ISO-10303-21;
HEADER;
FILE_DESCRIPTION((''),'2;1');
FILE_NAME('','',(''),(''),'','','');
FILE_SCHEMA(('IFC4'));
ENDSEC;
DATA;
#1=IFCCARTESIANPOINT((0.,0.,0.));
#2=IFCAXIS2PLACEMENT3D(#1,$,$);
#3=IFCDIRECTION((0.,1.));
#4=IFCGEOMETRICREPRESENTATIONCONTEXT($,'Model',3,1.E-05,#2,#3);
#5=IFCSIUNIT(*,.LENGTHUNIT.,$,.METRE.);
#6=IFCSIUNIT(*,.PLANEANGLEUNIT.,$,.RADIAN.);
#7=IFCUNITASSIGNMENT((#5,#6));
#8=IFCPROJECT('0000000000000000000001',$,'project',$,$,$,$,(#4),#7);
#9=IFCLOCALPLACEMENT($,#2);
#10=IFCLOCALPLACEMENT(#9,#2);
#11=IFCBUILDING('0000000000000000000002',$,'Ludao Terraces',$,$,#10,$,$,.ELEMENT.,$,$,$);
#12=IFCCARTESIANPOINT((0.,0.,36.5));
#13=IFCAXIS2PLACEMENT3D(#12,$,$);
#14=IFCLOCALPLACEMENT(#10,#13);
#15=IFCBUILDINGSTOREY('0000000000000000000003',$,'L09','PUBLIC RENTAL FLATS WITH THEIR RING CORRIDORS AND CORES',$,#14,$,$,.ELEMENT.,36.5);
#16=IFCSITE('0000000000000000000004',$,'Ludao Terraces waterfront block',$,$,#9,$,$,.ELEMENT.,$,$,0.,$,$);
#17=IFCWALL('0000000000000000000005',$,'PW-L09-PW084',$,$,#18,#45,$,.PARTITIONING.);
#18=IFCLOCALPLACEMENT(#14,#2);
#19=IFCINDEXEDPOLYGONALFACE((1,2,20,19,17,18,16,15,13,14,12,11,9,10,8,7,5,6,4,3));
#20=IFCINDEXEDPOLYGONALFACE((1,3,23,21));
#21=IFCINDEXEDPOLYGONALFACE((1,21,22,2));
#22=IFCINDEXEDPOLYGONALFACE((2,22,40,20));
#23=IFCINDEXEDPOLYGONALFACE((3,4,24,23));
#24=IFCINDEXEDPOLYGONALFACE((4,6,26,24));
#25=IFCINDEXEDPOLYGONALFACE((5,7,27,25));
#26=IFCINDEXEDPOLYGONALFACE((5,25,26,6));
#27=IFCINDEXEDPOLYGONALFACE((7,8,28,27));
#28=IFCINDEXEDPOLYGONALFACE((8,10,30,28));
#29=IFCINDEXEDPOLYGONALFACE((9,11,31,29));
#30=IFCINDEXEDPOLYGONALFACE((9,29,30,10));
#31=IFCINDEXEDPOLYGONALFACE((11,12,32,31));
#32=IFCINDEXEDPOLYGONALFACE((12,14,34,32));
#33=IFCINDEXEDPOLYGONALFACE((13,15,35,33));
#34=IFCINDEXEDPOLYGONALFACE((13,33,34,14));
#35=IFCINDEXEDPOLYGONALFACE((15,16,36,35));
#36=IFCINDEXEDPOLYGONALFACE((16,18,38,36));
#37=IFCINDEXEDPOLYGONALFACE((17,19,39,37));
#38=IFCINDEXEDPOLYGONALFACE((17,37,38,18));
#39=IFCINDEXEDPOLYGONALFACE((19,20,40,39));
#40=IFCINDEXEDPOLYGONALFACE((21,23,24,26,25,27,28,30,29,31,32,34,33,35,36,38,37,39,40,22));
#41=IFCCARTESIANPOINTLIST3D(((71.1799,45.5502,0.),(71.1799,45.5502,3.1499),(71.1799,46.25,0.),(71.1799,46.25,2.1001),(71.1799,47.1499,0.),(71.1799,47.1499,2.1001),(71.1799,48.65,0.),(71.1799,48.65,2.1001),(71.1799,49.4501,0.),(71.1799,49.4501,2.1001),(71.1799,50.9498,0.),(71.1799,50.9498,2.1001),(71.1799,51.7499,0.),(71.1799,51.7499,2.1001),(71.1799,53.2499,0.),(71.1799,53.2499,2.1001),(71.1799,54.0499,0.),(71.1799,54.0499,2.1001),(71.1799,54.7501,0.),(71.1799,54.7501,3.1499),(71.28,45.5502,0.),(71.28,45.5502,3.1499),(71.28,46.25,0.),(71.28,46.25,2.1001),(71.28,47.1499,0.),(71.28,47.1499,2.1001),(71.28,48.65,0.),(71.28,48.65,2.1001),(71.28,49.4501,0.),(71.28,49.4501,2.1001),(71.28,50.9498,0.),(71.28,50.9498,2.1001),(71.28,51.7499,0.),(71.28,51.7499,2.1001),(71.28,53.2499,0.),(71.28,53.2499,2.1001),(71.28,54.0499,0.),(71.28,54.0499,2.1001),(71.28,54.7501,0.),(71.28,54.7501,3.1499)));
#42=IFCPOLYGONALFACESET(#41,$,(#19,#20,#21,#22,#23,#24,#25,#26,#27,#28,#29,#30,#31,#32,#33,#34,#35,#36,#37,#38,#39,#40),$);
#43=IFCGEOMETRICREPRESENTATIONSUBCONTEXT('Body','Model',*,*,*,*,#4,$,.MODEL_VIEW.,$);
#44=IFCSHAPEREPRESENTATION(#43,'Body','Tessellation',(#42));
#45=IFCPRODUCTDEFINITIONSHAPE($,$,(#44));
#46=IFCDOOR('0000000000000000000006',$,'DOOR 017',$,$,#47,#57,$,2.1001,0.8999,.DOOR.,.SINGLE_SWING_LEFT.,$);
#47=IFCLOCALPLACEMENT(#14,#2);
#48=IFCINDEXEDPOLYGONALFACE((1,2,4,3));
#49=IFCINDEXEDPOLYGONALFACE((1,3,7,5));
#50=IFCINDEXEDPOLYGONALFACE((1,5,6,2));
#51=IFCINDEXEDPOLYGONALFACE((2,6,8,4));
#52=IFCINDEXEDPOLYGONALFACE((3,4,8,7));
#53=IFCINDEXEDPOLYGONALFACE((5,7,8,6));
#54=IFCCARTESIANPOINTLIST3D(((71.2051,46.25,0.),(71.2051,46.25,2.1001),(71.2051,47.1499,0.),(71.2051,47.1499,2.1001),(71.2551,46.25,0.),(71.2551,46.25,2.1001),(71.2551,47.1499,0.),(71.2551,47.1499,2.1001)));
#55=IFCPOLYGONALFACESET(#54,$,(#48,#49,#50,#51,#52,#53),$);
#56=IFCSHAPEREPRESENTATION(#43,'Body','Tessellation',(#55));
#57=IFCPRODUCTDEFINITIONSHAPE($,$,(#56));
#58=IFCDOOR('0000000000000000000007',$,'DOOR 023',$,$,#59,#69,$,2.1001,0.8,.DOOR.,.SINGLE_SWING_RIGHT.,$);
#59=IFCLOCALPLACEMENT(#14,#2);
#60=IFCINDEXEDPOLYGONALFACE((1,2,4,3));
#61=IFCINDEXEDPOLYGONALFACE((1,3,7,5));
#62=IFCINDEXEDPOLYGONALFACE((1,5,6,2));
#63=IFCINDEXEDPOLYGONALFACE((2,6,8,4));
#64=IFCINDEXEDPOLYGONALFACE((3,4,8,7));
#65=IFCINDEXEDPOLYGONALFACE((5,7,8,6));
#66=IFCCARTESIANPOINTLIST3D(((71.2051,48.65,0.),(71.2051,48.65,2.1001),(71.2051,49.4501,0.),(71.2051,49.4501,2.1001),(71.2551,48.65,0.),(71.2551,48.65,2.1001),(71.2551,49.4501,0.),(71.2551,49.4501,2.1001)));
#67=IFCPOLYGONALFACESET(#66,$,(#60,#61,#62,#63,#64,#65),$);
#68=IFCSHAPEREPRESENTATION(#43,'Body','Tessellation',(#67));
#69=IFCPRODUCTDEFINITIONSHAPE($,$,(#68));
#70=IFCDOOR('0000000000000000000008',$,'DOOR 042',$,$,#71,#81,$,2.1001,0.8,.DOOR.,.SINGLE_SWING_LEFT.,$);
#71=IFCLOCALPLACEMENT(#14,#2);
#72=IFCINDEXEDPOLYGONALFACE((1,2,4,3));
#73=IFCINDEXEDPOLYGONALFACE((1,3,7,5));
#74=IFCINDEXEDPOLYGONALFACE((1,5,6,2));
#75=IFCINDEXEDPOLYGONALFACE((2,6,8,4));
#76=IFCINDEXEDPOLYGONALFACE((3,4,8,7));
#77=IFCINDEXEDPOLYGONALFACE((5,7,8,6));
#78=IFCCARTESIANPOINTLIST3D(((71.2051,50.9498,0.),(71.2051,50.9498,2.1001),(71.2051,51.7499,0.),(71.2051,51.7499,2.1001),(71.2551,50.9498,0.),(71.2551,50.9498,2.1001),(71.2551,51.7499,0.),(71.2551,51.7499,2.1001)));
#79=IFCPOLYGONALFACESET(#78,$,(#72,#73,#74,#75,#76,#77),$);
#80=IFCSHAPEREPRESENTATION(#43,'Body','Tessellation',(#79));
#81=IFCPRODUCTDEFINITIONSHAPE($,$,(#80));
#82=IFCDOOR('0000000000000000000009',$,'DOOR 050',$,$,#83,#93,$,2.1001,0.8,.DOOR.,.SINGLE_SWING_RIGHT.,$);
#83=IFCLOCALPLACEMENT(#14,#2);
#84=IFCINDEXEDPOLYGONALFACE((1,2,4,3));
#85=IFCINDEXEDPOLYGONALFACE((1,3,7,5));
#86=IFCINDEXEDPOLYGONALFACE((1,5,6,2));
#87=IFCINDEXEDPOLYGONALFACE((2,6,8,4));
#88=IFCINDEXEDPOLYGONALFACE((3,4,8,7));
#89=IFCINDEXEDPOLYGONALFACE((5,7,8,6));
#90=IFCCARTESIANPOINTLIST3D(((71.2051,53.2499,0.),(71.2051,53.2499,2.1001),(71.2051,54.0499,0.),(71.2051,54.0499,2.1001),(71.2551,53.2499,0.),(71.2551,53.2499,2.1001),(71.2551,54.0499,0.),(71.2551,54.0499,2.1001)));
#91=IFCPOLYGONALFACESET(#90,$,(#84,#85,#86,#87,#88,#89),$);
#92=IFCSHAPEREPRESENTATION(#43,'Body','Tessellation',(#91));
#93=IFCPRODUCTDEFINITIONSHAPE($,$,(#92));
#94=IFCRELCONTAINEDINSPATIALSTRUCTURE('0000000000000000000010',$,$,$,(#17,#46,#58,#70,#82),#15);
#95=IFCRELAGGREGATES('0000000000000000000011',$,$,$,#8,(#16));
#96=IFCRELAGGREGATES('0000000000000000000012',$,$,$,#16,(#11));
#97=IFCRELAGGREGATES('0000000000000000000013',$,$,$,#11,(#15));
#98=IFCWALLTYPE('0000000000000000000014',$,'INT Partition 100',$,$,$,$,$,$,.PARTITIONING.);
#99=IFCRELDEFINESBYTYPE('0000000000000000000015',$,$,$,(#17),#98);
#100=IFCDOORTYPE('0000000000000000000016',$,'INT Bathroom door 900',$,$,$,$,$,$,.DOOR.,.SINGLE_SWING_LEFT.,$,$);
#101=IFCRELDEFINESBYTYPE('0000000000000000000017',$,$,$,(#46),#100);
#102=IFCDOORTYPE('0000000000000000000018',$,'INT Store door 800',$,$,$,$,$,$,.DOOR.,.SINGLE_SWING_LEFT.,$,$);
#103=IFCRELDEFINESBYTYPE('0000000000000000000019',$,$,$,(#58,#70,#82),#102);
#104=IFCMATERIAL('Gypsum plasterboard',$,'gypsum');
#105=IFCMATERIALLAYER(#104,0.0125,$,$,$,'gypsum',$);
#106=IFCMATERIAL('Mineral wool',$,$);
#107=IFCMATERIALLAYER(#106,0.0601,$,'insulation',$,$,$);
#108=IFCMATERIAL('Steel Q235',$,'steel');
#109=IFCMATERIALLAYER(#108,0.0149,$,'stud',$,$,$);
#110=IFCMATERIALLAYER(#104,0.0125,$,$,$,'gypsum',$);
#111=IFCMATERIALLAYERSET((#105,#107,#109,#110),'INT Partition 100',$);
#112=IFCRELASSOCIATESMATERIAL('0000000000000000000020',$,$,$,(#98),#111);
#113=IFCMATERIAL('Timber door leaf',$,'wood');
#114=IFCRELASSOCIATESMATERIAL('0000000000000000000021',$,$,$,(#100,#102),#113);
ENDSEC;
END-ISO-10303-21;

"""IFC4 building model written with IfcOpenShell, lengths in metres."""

from ifc_helpers import new_model, si_unit, direction, frame, frame_2d, origin, place, context, subcontext, project, spatial, rectangle, extrude, material, layer, layer_set, type_object, element, fill, save


model = new_model("IFC4")

# Units and contexts
model_context = context("Model", 3, precision=1e-05, world=origin(), true_north=direction((0.0, 1.0)))
body_context = subcontext(model_context, "Body", "Model", "MODEL_VIEW")
ifc_project = project(units=[si_unit("LENGTHUNIT", "METRE"), si_unit("PLANEANGLEUNIT", "RADIAN")], contexts=[model_context])

# Site, building, storey
site_placement = place(None, origin())
site = spatial("IfcSite", under=ifc_project, at=site_placement, Name="Ludao Terraces waterfront block", CompositionType="ELEMENT", RefElevation=0.0)
building_placement = place(site_placement, origin())
building = spatial("IfcBuilding", under=site, at=building_placement, Name="Ludao Terraces", CompositionType="ELEMENT")
storey_placement = place(building_placement, frame((0.0, 0.0, 36.5)))
storey = spatial("IfcBuildingStorey", under=building, at=storey_placement, Name="L09", Description="PUBLIC RENTAL FLATS WITH THEIR RING CORRIDORS AND CORES", CompositionType="ELEMENT", Elevation=36.5)

# Shared definitions
ifc_material_1 = material(Name="Mineral wool")

# Wall, openings, doors
ifc_material_2 = material(Name="Gypsum plasterboard", Category="gypsum")
ifc_layer_1 = layer(ifc_material_2, 0.0125, Category="gypsum")
ifc_layer_2 = layer(ifc_material_1, 0.0601, Name="insulation")
ifc_material_3 = material(Name="Steel Q235", Category="steel")
ifc_layer_3 = layer(ifc_material_3, 0.0149, Name="stud")
ifc_layer_4 = layer(ifc_material_2, 0.0125, Category="gypsum")
ifc_layer_set_1 = layer_set([ifc_layer_1, ifc_layer_2, ifc_layer_3, ifc_layer_4], Name="INT Partition 100")
wall_type_1 = type_object("IfcWallType", Name="INT Partition 100", PredefinedType="PARTITIONING", material=ifc_layer_set_1)
ifc_material_4 = material(Name="Timber door leaf", Category="wood")
wall_1_placement = place(storey_placement, frame((71.23, 45.55, 0.0), z_axis=(0.0, 0.0, 1.0), x_axis=(0.0, 1.0, 0.0)))
wall_1 = element("IfcWall", 1, at=wall_1_placement, inside=storey, type_object=wall_type_1, Name="PW-L09-PW084", PredefinedType="PARTITIONING", context=body_context, shape_type="SweptSolid", body=[
    extrude(rectangle(XDim=9.2, YDim=0.1001, at=frame_2d((4.6001, 0.0))), origin(), (0.0, 0.0, 1.0), 3.1499),
])
opening_1_placement = place(wall_1_placement, frame((0.7, 0.0, 0.0)))
opening_1 = element("IfcOpeningElement", 2, at=opening_1_placement, cuts=wall_1, PredefinedType="OPENING", context=body_context, shape_type="SweptSolid", body=[
    extrude(rectangle(XDim=0.8999, YDim=2.1001, at=frame_2d((0.45, 1.05))), frame((0.0, 0.0601, 0.0), z_axis=(0.0, -1.0, 0.0), x_axis=(1.0, 0.0, 0.0)), (0.0, 0.0, 1.0), 0.1201),
])
opening_2_placement = place(wall_1_placement, frame((3.1001, 0.0, 0.0)))
opening_2 = element("IfcOpeningElement", 3, at=opening_2_placement, cuts=wall_1, PredefinedType="OPENING", context=body_context, shape_type="SweptSolid", body=[
    extrude(rectangle(XDim=0.8, YDim=2.1001, at=frame_2d((0.3999, 1.05))), frame((0.0, 0.0601, 0.0), z_axis=(0.0, -1.0, 0.0), x_axis=(1.0, 0.0, 0.0)), (0.0, 0.0, 1.0), 0.1201),
])
opening_3_placement = place(wall_1_placement, frame((5.3999, 0.0, 0.0)))
opening_3 = element("IfcOpeningElement", 4, at=opening_3_placement, cuts=wall_1, PredefinedType="OPENING", context=body_context, shape_type="SweptSolid", body=[
    extrude(rectangle(XDim=0.8, YDim=2.1001, at=frame_2d((0.3999, 1.05))), frame((0.0, 0.0601, 0.0), z_axis=(0.0, -1.0, 0.0), x_axis=(1.0, 0.0, 0.0)), (0.0, 0.0, 1.0), 0.1201),
])
opening_4_placement = place(wall_1_placement, frame((7.7, 0.0, 0.0)))
opening_4 = element("IfcOpeningElement", 5, at=opening_4_placement, cuts=wall_1, PredefinedType="OPENING", context=body_context, shape_type="SweptSolid", body=[
    extrude(rectangle(XDim=0.8, YDim=2.1001, at=frame_2d((0.3999, 1.05))), frame((0.0, 0.0601, 0.0), z_axis=(0.0, -1.0, 0.0), x_axis=(1.0, 0.0, 0.0)), (0.0, 0.0, 1.0), 0.1201),
])
door_type_1 = type_object("IfcDoorType", Name="INT Bathroom door 900", OperationType="SINGLE_SWING_LEFT", PredefinedType="DOOR", material=ifc_material_4)
door_1_placement = place(opening_1_placement, origin())
door_1 = element("IfcDoor", 6, at=door_1_placement, inside=storey, type_object=door_type_1, Name="DOOR 017", OperationType="SINGLE_SWING_LEFT", OverallHeight=2.1001, OverallWidth=0.8999, PredefinedType="DOOR", context=body_context, shape_type="SweptSolid", body=[
    extrude(rectangle(XDim=0.8999, YDim=2.1001, at=frame_2d((0.45, 1.05))), frame((0.0, 0.0249, 0.0), z_axis=(0.0, -1.0, 0.0), x_axis=(1.0, 0.0, 0.0)), (0.0, 0.0, 1.0), 0.05),
])
fill(opening_1, door_1)
door_type_2 = type_object("IfcDoorType", Name="INT Store door 800", OperationType="SINGLE_SWING_LEFT", PredefinedType="DOOR", material=ifc_material_4)
door_2_placement = place(opening_2_placement, origin())
door_2 = element("IfcDoor", 7, at=door_2_placement, inside=storey, type_object=door_type_2, Name="DOOR 023", OperationType="SINGLE_SWING_RIGHT", OverallHeight=2.1001, OverallWidth=0.8, PredefinedType="DOOR", context=body_context, shape_type="SweptSolid", body=[
    extrude(rectangle(XDim=0.8, YDim=2.1001, at=frame_2d((0.3999, 1.05))), frame((0.0, 0.0249, 0.0), z_axis=(0.0, -1.0, 0.0), x_axis=(1.0, 0.0, 0.0)), (0.0, 0.0, 1.0), 0.05),
])
fill(opening_2, door_2)
door_3_placement = place(opening_3_placement, origin())
door_3 = element("IfcDoor", 8, at=door_3_placement, inside=storey, type_object=door_type_2, Name="DOOR 042", OperationType="SINGLE_SWING_LEFT", OverallHeight=2.1001, OverallWidth=0.8, PredefinedType="DOOR", context=body_context, shape_type="SweptSolid", body=[
    extrude(rectangle(XDim=0.8, YDim=2.1001, at=frame_2d((0.3999, 1.05))), frame((0.0, 0.0249, 0.0), z_axis=(0.0, -1.0, 0.0), x_axis=(1.0, 0.0, 0.0)), (0.0, 0.0, 1.0), 0.05),
])
fill(opening_3, door_3)
door_4_placement = place(opening_4_placement, origin())
door_4 = element("IfcDoor", 9, at=door_4_placement, inside=storey, type_object=door_type_2, Name="DOOR 050", OperationType="SINGLE_SWING_RIGHT", OverallHeight=2.1001, OverallWidth=0.8, PredefinedType="DOOR", context=body_context, shape_type="SweptSolid", body=[
    extrude(rectangle(XDim=0.8, YDim=2.1001, at=frame_2d((0.3999, 1.05))), frame((0.0, 0.0249, 0.0), z_axis=(0.0, -1.0, 0.0), x_axis=(1.0, 0.0, 0.0)), (0.0, 0.0, 1.0), 0.05),
])
fill(opening_4, door_4)

save(model, "model.ifc")
